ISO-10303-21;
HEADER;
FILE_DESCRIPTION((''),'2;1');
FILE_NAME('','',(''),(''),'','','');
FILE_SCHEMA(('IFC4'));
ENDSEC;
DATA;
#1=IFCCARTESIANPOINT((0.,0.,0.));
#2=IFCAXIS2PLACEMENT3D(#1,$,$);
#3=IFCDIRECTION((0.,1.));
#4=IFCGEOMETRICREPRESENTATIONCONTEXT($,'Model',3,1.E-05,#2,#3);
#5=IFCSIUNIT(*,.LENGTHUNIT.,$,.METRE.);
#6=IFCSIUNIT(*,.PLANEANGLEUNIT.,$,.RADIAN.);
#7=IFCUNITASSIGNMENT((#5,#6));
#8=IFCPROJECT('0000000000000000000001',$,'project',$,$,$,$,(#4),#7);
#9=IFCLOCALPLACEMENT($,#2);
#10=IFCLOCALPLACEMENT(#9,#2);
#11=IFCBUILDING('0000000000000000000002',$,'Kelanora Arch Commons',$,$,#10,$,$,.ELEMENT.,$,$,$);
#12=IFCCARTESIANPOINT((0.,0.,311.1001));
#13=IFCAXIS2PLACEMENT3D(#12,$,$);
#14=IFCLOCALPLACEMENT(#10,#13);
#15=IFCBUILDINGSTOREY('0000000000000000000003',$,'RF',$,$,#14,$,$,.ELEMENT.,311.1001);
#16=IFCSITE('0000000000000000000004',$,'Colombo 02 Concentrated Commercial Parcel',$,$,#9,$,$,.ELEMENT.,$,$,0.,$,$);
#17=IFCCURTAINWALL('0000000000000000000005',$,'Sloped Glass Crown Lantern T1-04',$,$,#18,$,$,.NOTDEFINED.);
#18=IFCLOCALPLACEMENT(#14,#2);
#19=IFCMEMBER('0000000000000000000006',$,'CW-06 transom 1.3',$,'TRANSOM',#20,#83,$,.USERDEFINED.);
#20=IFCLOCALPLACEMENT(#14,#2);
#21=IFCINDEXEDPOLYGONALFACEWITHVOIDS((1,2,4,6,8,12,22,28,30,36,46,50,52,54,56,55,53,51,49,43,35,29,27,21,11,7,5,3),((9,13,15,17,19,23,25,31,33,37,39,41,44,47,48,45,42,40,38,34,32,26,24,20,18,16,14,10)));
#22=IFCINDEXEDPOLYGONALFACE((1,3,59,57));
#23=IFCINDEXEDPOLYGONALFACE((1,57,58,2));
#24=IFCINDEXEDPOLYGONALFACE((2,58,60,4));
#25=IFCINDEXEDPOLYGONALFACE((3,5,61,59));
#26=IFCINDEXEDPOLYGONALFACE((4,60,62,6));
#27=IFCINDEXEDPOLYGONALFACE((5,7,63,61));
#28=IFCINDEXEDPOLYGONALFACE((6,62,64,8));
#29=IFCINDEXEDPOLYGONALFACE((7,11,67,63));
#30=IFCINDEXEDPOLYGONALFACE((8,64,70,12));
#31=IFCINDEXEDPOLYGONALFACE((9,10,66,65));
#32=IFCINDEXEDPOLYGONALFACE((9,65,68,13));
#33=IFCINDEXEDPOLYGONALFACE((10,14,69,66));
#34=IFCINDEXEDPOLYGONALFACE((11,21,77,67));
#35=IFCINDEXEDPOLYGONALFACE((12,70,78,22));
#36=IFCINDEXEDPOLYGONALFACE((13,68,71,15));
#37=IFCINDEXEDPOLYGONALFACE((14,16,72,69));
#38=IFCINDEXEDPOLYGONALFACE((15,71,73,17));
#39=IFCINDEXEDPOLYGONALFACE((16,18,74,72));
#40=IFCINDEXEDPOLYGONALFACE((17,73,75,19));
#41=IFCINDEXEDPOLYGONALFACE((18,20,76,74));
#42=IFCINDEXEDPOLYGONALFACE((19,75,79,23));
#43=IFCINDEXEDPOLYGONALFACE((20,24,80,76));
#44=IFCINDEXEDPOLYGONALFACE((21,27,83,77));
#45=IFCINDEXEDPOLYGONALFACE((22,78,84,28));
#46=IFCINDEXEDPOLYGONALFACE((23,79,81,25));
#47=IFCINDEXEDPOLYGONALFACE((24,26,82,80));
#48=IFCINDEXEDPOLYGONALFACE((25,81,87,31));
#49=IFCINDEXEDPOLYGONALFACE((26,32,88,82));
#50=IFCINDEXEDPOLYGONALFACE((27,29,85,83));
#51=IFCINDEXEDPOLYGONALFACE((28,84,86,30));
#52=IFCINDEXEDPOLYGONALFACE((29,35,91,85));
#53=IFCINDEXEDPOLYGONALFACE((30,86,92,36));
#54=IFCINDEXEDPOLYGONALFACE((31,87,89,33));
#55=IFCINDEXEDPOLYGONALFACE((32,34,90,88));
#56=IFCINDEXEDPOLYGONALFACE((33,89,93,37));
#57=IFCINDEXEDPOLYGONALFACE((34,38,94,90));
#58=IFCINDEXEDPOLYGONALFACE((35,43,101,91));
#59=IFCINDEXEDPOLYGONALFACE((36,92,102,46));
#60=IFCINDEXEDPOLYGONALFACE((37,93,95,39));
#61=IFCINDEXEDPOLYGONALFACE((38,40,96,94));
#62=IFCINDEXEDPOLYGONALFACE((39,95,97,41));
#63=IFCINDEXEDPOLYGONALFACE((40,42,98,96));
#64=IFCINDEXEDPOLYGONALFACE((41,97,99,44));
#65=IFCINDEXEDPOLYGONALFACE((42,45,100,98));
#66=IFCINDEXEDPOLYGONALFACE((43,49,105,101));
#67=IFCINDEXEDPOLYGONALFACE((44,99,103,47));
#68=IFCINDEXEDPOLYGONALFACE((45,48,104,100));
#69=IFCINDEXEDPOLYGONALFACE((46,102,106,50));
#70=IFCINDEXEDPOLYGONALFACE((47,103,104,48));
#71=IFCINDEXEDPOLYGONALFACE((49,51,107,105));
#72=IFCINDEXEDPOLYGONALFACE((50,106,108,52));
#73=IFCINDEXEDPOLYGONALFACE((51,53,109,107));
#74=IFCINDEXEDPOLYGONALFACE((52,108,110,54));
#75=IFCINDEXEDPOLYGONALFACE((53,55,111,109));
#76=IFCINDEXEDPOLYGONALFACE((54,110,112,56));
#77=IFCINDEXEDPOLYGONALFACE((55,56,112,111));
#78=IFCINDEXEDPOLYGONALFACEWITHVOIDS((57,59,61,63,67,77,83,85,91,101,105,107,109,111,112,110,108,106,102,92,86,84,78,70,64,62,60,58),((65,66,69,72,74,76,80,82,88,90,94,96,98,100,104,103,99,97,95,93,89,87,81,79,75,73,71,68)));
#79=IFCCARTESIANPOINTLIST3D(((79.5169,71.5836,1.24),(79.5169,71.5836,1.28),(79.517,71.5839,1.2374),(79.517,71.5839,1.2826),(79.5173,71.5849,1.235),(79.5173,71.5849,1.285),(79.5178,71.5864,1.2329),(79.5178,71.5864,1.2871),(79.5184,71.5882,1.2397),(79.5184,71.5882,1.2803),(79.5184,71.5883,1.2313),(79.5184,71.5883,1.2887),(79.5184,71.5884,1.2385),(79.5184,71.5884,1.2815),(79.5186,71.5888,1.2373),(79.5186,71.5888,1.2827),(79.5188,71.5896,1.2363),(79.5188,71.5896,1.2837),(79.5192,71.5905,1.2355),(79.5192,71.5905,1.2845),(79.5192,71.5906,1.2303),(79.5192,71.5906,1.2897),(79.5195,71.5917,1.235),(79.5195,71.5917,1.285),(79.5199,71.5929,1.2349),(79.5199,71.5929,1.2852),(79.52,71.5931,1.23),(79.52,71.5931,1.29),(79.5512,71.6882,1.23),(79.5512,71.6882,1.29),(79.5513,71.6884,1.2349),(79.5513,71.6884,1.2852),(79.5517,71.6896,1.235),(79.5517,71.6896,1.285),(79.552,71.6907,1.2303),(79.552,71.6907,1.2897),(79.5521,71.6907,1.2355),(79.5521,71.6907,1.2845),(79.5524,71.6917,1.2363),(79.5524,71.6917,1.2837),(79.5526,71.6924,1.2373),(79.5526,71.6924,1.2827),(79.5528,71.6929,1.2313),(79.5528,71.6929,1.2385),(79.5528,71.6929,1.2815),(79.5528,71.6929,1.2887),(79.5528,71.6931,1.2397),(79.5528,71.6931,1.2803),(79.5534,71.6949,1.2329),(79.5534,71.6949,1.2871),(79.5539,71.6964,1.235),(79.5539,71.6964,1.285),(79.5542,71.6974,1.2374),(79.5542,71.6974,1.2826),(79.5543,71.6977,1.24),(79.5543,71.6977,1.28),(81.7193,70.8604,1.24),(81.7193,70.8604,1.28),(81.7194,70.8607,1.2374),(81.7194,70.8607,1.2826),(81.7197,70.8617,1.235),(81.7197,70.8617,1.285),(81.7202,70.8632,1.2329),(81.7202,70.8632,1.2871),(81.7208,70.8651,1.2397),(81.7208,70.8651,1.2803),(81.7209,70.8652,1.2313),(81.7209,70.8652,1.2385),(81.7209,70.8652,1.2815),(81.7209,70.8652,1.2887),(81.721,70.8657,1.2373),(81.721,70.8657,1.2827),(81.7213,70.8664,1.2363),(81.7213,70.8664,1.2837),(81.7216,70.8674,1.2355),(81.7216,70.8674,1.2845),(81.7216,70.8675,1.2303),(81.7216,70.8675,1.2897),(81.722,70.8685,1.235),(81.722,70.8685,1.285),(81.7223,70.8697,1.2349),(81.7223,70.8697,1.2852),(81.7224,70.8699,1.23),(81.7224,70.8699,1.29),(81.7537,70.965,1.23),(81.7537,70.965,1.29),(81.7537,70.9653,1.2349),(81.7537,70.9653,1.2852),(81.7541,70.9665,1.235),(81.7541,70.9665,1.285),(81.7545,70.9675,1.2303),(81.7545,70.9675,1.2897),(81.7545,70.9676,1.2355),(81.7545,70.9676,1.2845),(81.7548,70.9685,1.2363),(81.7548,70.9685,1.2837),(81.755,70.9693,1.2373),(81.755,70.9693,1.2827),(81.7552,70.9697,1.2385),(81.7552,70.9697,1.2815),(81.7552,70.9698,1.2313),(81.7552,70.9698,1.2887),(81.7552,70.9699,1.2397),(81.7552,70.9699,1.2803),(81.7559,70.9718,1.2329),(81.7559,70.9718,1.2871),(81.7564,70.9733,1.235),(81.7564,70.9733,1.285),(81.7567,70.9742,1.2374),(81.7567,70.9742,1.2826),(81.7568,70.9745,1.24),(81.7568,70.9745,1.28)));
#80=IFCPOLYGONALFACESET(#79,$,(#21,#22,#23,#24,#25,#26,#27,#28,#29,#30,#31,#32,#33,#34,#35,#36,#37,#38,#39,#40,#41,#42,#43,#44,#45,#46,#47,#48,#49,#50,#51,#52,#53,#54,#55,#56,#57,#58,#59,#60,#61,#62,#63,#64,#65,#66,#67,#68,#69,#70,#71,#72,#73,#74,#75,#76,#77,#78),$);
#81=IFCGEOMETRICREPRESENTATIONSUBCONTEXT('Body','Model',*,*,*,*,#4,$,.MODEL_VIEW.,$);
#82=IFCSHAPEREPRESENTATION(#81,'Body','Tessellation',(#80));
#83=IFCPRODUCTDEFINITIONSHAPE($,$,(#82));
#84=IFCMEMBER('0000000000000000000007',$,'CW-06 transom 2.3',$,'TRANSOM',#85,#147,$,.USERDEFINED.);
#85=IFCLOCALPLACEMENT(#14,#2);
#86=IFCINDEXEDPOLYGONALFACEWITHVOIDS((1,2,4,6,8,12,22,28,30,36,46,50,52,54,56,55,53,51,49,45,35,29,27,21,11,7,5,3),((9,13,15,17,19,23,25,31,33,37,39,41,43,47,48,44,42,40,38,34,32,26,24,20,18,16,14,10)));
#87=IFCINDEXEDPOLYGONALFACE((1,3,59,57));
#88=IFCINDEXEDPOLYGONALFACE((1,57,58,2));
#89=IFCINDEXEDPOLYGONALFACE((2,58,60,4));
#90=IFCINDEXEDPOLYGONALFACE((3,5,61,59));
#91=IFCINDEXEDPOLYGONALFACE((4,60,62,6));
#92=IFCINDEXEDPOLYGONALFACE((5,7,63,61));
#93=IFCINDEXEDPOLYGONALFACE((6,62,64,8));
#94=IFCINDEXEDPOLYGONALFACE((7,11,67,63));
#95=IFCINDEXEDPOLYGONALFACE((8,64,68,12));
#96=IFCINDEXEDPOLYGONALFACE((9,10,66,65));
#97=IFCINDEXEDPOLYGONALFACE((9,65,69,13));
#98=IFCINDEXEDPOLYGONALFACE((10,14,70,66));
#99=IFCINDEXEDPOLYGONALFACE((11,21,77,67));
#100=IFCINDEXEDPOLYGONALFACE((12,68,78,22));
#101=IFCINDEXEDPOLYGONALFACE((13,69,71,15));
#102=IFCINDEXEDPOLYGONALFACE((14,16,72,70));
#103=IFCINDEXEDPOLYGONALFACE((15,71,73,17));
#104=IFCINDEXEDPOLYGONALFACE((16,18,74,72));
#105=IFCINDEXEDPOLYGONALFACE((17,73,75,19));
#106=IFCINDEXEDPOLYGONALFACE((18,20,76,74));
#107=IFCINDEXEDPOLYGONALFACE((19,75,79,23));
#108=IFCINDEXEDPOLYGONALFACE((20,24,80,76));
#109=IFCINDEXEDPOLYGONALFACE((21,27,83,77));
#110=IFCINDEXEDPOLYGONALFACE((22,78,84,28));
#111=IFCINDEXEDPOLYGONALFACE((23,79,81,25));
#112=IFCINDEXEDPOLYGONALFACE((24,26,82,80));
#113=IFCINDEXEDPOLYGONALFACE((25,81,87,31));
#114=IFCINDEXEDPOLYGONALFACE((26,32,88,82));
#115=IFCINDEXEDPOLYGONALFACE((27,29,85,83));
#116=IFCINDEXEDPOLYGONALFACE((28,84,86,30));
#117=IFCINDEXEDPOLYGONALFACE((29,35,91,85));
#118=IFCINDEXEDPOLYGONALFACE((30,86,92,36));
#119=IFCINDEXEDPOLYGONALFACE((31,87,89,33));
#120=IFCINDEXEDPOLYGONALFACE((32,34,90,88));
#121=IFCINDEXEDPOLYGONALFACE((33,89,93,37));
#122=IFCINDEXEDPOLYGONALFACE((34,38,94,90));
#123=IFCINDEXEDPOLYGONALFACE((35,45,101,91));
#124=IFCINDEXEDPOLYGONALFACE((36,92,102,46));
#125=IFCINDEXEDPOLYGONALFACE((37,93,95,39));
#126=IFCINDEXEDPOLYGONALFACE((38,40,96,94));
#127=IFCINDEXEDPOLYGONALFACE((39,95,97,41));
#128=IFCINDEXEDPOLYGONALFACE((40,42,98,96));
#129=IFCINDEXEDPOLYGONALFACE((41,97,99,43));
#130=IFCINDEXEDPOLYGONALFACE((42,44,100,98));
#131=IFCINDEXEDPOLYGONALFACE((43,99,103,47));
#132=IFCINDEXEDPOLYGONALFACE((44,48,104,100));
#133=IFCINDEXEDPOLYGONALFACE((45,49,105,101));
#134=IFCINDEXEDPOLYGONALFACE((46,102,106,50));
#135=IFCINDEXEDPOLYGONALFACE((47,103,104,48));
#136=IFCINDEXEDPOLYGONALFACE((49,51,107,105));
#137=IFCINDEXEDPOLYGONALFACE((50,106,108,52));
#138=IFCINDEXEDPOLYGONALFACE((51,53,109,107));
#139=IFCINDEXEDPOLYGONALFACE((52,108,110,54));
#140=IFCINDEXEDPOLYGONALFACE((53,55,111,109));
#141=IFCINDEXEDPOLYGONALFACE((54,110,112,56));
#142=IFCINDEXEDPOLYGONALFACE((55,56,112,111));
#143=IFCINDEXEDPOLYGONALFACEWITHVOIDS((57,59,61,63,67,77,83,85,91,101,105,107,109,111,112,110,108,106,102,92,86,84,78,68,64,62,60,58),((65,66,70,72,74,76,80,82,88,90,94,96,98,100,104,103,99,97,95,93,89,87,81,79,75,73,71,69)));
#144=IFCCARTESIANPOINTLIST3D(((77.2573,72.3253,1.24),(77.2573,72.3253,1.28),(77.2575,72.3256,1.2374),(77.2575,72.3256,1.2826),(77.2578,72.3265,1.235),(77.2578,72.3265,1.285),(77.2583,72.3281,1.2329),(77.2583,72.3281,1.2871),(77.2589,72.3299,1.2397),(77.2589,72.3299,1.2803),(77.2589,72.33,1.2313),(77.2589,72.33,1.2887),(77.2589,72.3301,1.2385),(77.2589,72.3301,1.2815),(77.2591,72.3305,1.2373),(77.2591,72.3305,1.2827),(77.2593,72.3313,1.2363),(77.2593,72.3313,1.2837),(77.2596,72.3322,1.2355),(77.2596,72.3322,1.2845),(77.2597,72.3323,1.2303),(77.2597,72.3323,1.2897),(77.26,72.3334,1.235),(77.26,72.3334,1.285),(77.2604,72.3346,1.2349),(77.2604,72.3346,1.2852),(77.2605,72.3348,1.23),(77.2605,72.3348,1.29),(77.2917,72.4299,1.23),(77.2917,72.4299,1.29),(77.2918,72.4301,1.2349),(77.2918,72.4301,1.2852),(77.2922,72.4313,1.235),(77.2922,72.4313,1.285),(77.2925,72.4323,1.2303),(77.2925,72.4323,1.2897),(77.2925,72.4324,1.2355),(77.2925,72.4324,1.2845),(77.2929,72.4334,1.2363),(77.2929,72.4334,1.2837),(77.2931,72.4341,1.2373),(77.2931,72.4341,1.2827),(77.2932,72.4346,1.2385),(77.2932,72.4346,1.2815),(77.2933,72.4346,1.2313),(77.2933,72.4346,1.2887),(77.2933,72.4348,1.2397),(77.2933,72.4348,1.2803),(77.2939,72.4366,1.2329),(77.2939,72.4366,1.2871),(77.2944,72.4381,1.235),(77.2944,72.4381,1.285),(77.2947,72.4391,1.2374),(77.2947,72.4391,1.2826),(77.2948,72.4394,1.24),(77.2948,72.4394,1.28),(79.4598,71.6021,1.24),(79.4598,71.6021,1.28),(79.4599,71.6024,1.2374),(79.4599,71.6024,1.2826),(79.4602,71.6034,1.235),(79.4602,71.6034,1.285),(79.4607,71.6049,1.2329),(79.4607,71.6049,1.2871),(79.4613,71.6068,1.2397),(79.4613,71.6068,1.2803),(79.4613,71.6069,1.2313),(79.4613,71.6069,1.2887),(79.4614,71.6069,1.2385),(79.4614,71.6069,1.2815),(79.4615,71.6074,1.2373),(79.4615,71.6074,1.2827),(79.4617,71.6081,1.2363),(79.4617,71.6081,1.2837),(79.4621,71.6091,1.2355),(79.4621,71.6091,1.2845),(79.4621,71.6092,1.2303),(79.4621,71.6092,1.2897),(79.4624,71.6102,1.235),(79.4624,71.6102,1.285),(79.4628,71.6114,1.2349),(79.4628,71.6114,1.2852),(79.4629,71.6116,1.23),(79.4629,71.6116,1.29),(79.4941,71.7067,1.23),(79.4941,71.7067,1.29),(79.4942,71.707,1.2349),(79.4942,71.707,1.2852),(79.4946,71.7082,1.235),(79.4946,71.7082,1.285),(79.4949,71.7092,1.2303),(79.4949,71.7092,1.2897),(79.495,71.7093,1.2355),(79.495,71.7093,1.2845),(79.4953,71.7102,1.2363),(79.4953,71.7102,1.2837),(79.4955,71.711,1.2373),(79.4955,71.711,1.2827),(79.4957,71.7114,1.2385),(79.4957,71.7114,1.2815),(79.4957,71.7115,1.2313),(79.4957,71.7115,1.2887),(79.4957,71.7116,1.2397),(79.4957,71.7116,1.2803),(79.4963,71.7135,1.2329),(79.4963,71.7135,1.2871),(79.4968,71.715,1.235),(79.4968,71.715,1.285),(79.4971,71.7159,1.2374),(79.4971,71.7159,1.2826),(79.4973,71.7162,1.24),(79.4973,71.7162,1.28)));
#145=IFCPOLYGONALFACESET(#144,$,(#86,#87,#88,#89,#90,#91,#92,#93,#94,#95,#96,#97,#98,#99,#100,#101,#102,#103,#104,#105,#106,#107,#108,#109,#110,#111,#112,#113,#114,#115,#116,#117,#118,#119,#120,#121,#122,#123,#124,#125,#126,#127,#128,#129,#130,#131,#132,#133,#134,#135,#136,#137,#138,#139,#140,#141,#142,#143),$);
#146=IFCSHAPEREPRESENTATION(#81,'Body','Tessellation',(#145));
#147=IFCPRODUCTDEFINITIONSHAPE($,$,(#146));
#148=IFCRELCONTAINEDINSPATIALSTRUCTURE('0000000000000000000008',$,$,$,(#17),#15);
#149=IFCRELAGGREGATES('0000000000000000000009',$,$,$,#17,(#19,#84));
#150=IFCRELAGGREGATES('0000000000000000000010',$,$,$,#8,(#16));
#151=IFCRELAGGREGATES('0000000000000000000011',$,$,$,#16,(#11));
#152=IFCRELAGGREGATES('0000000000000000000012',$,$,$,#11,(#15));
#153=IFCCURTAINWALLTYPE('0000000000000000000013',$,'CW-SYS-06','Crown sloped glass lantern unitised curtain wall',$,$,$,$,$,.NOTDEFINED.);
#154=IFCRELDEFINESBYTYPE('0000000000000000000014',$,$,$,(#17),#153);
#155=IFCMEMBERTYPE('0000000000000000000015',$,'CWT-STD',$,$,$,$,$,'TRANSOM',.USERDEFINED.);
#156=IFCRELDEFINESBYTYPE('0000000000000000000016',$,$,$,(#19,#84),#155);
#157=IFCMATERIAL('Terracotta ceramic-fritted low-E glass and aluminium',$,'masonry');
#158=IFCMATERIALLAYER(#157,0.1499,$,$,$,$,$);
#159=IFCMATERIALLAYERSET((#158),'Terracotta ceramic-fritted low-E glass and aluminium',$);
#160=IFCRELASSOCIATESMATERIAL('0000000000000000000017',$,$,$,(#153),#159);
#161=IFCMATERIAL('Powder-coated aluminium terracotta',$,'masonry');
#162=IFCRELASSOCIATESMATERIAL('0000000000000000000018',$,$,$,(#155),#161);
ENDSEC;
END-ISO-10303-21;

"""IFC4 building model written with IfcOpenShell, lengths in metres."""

from ifc_helpers import new_model, si_unit, direction, frame, origin, origin_2d, place, context, subcontext, project, spatial, hollow_rectangle, extrude, material, layer, layer_set, material_profile, profile_set, type_object, element, aggregate, save


model = new_model("IFC4")

# Units and contexts
model_context = context("Model", 3, precision=1e-05, world=origin(), true_north=direction((0.0, 1.0)))
body_context = subcontext(model_context, "Body", "Model", "MODEL_VIEW")
ifc_project = project(units=[si_unit("LENGTHUNIT", "METRE"), si_unit("PLANEANGLEUNIT", "RADIAN")], contexts=[model_context])

# Site, building, storey
site_placement = place(None, origin())
site = spatial("IfcSite", under=ifc_project, at=site_placement, Name="Colombo 02 Concentrated Commercial Parcel", CompositionType="ELEMENT", RefElevation=0.0)
building_placement = place(site_placement, origin())
building = spatial("IfcBuilding", under=site, at=building_placement, Name="Kelanora Arch Commons", CompositionType="ELEMENT")
storey_placement = place(building_placement, frame((0.0, 0.0, 311.1001)))
storey = spatial("IfcBuildingStorey", under=building, at=storey_placement, Name="RF", CompositionType="ELEMENT", Elevation=311.1001)

# Curtain wall, members
ifc_material_1 = material(Name="Terracotta ceramic-fritted low-E glass and aluminium", Category="masonry")
ifc_layer_1 = layer(ifc_material_1, 0.1499)
ifc_layer_set_1 = layer_set([ifc_layer_1], Name="Terracotta ceramic-fritted low-E glass and aluminium")
curtain_wall_type = type_object("IfcCurtainWallType", Name="CW-SYS-06", Description="Crown sloped glass lantern unitised curtain wall", PredefinedType="NOTDEFINED", material=ifc_layer_set_1)
ifc_material_2 = material(Name="Powder-coated aluminium terracotta", Category="masonry")
ifc_material_profile_1 = material_profile(ifc_material_2, hollow_rectangle(XDim=0.1201, YDim=0.0601, WallThickness=0.0049, InnerFilletRadius=0.0049, OuterFilletRadius=0.01, at=origin_2d()), Name="CWT120x60")
ifc_profile_set_1 = profile_set([ifc_material_profile_1], Name="Powder-coated aluminium terracotta")
member_type_1 = type_object("IfcMemberType", Name="CWT-STD", ElementType="TRANSOM", PredefinedType="USERDEFINED", material=ifc_profile_set_1)
curtain_wall_1_placement = place(storey_placement, origin())
curtain_wall_1 = element("IfcCurtainWall", 1, at=curtain_wall_1_placement, inside=storey, type_object=curtain_wall_type, Name="Sloped Glass Crown Lantern T1-04", PredefinedType="NOTDEFINED")
member_1_placement = place(storey_placement, frame((81.738, 70.9175, 1.26), z_axis=(-0.950096, 0.311959, 0.0), x_axis=(-0.311959, -0.950096, 0.0)))
member_1 = element("IfcMember", 2, at=member_1_placement, type_object=member_type_1, Name="CW-06 transom 1.3", ObjectType="TRANSOM", PredefinedType="USERDEFINED", context=body_context, shape_type="SweptSolid", body=[
    extrude(hollow_rectangle(XDim=0.1201, YDim=0.0601, WallThickness=0.0049, InnerFilletRadius=0.0049, OuterFilletRadius=0.01, at=origin_2d()), origin(), (0.0, 0.0, 1.0), 2.3181),
])
member_2_placement = place(storey_placement, frame((79.4785, 71.6592, 1.26), z_axis=(-0.950096, 0.311959, 0.0), x_axis=(-0.311959, -0.950096, 0.0)))
member_2 = element("IfcMember", 3, at=member_2_placement, type_object=member_type_1, Name="CW-06 transom 2.3", ObjectType="TRANSOM", PredefinedType="USERDEFINED", context=body_context, shape_type="SweptSolid", body=[
    extrude(hollow_rectangle(XDim=0.1201, YDim=0.0601, WallThickness=0.0049, InnerFilletRadius=0.0049, OuterFilletRadius=0.01, at=origin_2d()), origin(), (0.0, 0.0, 1.0), 2.3181),
])

aggregate(curtain_wall_1, [member_1, member_2])

save(model, "model.ifc")
